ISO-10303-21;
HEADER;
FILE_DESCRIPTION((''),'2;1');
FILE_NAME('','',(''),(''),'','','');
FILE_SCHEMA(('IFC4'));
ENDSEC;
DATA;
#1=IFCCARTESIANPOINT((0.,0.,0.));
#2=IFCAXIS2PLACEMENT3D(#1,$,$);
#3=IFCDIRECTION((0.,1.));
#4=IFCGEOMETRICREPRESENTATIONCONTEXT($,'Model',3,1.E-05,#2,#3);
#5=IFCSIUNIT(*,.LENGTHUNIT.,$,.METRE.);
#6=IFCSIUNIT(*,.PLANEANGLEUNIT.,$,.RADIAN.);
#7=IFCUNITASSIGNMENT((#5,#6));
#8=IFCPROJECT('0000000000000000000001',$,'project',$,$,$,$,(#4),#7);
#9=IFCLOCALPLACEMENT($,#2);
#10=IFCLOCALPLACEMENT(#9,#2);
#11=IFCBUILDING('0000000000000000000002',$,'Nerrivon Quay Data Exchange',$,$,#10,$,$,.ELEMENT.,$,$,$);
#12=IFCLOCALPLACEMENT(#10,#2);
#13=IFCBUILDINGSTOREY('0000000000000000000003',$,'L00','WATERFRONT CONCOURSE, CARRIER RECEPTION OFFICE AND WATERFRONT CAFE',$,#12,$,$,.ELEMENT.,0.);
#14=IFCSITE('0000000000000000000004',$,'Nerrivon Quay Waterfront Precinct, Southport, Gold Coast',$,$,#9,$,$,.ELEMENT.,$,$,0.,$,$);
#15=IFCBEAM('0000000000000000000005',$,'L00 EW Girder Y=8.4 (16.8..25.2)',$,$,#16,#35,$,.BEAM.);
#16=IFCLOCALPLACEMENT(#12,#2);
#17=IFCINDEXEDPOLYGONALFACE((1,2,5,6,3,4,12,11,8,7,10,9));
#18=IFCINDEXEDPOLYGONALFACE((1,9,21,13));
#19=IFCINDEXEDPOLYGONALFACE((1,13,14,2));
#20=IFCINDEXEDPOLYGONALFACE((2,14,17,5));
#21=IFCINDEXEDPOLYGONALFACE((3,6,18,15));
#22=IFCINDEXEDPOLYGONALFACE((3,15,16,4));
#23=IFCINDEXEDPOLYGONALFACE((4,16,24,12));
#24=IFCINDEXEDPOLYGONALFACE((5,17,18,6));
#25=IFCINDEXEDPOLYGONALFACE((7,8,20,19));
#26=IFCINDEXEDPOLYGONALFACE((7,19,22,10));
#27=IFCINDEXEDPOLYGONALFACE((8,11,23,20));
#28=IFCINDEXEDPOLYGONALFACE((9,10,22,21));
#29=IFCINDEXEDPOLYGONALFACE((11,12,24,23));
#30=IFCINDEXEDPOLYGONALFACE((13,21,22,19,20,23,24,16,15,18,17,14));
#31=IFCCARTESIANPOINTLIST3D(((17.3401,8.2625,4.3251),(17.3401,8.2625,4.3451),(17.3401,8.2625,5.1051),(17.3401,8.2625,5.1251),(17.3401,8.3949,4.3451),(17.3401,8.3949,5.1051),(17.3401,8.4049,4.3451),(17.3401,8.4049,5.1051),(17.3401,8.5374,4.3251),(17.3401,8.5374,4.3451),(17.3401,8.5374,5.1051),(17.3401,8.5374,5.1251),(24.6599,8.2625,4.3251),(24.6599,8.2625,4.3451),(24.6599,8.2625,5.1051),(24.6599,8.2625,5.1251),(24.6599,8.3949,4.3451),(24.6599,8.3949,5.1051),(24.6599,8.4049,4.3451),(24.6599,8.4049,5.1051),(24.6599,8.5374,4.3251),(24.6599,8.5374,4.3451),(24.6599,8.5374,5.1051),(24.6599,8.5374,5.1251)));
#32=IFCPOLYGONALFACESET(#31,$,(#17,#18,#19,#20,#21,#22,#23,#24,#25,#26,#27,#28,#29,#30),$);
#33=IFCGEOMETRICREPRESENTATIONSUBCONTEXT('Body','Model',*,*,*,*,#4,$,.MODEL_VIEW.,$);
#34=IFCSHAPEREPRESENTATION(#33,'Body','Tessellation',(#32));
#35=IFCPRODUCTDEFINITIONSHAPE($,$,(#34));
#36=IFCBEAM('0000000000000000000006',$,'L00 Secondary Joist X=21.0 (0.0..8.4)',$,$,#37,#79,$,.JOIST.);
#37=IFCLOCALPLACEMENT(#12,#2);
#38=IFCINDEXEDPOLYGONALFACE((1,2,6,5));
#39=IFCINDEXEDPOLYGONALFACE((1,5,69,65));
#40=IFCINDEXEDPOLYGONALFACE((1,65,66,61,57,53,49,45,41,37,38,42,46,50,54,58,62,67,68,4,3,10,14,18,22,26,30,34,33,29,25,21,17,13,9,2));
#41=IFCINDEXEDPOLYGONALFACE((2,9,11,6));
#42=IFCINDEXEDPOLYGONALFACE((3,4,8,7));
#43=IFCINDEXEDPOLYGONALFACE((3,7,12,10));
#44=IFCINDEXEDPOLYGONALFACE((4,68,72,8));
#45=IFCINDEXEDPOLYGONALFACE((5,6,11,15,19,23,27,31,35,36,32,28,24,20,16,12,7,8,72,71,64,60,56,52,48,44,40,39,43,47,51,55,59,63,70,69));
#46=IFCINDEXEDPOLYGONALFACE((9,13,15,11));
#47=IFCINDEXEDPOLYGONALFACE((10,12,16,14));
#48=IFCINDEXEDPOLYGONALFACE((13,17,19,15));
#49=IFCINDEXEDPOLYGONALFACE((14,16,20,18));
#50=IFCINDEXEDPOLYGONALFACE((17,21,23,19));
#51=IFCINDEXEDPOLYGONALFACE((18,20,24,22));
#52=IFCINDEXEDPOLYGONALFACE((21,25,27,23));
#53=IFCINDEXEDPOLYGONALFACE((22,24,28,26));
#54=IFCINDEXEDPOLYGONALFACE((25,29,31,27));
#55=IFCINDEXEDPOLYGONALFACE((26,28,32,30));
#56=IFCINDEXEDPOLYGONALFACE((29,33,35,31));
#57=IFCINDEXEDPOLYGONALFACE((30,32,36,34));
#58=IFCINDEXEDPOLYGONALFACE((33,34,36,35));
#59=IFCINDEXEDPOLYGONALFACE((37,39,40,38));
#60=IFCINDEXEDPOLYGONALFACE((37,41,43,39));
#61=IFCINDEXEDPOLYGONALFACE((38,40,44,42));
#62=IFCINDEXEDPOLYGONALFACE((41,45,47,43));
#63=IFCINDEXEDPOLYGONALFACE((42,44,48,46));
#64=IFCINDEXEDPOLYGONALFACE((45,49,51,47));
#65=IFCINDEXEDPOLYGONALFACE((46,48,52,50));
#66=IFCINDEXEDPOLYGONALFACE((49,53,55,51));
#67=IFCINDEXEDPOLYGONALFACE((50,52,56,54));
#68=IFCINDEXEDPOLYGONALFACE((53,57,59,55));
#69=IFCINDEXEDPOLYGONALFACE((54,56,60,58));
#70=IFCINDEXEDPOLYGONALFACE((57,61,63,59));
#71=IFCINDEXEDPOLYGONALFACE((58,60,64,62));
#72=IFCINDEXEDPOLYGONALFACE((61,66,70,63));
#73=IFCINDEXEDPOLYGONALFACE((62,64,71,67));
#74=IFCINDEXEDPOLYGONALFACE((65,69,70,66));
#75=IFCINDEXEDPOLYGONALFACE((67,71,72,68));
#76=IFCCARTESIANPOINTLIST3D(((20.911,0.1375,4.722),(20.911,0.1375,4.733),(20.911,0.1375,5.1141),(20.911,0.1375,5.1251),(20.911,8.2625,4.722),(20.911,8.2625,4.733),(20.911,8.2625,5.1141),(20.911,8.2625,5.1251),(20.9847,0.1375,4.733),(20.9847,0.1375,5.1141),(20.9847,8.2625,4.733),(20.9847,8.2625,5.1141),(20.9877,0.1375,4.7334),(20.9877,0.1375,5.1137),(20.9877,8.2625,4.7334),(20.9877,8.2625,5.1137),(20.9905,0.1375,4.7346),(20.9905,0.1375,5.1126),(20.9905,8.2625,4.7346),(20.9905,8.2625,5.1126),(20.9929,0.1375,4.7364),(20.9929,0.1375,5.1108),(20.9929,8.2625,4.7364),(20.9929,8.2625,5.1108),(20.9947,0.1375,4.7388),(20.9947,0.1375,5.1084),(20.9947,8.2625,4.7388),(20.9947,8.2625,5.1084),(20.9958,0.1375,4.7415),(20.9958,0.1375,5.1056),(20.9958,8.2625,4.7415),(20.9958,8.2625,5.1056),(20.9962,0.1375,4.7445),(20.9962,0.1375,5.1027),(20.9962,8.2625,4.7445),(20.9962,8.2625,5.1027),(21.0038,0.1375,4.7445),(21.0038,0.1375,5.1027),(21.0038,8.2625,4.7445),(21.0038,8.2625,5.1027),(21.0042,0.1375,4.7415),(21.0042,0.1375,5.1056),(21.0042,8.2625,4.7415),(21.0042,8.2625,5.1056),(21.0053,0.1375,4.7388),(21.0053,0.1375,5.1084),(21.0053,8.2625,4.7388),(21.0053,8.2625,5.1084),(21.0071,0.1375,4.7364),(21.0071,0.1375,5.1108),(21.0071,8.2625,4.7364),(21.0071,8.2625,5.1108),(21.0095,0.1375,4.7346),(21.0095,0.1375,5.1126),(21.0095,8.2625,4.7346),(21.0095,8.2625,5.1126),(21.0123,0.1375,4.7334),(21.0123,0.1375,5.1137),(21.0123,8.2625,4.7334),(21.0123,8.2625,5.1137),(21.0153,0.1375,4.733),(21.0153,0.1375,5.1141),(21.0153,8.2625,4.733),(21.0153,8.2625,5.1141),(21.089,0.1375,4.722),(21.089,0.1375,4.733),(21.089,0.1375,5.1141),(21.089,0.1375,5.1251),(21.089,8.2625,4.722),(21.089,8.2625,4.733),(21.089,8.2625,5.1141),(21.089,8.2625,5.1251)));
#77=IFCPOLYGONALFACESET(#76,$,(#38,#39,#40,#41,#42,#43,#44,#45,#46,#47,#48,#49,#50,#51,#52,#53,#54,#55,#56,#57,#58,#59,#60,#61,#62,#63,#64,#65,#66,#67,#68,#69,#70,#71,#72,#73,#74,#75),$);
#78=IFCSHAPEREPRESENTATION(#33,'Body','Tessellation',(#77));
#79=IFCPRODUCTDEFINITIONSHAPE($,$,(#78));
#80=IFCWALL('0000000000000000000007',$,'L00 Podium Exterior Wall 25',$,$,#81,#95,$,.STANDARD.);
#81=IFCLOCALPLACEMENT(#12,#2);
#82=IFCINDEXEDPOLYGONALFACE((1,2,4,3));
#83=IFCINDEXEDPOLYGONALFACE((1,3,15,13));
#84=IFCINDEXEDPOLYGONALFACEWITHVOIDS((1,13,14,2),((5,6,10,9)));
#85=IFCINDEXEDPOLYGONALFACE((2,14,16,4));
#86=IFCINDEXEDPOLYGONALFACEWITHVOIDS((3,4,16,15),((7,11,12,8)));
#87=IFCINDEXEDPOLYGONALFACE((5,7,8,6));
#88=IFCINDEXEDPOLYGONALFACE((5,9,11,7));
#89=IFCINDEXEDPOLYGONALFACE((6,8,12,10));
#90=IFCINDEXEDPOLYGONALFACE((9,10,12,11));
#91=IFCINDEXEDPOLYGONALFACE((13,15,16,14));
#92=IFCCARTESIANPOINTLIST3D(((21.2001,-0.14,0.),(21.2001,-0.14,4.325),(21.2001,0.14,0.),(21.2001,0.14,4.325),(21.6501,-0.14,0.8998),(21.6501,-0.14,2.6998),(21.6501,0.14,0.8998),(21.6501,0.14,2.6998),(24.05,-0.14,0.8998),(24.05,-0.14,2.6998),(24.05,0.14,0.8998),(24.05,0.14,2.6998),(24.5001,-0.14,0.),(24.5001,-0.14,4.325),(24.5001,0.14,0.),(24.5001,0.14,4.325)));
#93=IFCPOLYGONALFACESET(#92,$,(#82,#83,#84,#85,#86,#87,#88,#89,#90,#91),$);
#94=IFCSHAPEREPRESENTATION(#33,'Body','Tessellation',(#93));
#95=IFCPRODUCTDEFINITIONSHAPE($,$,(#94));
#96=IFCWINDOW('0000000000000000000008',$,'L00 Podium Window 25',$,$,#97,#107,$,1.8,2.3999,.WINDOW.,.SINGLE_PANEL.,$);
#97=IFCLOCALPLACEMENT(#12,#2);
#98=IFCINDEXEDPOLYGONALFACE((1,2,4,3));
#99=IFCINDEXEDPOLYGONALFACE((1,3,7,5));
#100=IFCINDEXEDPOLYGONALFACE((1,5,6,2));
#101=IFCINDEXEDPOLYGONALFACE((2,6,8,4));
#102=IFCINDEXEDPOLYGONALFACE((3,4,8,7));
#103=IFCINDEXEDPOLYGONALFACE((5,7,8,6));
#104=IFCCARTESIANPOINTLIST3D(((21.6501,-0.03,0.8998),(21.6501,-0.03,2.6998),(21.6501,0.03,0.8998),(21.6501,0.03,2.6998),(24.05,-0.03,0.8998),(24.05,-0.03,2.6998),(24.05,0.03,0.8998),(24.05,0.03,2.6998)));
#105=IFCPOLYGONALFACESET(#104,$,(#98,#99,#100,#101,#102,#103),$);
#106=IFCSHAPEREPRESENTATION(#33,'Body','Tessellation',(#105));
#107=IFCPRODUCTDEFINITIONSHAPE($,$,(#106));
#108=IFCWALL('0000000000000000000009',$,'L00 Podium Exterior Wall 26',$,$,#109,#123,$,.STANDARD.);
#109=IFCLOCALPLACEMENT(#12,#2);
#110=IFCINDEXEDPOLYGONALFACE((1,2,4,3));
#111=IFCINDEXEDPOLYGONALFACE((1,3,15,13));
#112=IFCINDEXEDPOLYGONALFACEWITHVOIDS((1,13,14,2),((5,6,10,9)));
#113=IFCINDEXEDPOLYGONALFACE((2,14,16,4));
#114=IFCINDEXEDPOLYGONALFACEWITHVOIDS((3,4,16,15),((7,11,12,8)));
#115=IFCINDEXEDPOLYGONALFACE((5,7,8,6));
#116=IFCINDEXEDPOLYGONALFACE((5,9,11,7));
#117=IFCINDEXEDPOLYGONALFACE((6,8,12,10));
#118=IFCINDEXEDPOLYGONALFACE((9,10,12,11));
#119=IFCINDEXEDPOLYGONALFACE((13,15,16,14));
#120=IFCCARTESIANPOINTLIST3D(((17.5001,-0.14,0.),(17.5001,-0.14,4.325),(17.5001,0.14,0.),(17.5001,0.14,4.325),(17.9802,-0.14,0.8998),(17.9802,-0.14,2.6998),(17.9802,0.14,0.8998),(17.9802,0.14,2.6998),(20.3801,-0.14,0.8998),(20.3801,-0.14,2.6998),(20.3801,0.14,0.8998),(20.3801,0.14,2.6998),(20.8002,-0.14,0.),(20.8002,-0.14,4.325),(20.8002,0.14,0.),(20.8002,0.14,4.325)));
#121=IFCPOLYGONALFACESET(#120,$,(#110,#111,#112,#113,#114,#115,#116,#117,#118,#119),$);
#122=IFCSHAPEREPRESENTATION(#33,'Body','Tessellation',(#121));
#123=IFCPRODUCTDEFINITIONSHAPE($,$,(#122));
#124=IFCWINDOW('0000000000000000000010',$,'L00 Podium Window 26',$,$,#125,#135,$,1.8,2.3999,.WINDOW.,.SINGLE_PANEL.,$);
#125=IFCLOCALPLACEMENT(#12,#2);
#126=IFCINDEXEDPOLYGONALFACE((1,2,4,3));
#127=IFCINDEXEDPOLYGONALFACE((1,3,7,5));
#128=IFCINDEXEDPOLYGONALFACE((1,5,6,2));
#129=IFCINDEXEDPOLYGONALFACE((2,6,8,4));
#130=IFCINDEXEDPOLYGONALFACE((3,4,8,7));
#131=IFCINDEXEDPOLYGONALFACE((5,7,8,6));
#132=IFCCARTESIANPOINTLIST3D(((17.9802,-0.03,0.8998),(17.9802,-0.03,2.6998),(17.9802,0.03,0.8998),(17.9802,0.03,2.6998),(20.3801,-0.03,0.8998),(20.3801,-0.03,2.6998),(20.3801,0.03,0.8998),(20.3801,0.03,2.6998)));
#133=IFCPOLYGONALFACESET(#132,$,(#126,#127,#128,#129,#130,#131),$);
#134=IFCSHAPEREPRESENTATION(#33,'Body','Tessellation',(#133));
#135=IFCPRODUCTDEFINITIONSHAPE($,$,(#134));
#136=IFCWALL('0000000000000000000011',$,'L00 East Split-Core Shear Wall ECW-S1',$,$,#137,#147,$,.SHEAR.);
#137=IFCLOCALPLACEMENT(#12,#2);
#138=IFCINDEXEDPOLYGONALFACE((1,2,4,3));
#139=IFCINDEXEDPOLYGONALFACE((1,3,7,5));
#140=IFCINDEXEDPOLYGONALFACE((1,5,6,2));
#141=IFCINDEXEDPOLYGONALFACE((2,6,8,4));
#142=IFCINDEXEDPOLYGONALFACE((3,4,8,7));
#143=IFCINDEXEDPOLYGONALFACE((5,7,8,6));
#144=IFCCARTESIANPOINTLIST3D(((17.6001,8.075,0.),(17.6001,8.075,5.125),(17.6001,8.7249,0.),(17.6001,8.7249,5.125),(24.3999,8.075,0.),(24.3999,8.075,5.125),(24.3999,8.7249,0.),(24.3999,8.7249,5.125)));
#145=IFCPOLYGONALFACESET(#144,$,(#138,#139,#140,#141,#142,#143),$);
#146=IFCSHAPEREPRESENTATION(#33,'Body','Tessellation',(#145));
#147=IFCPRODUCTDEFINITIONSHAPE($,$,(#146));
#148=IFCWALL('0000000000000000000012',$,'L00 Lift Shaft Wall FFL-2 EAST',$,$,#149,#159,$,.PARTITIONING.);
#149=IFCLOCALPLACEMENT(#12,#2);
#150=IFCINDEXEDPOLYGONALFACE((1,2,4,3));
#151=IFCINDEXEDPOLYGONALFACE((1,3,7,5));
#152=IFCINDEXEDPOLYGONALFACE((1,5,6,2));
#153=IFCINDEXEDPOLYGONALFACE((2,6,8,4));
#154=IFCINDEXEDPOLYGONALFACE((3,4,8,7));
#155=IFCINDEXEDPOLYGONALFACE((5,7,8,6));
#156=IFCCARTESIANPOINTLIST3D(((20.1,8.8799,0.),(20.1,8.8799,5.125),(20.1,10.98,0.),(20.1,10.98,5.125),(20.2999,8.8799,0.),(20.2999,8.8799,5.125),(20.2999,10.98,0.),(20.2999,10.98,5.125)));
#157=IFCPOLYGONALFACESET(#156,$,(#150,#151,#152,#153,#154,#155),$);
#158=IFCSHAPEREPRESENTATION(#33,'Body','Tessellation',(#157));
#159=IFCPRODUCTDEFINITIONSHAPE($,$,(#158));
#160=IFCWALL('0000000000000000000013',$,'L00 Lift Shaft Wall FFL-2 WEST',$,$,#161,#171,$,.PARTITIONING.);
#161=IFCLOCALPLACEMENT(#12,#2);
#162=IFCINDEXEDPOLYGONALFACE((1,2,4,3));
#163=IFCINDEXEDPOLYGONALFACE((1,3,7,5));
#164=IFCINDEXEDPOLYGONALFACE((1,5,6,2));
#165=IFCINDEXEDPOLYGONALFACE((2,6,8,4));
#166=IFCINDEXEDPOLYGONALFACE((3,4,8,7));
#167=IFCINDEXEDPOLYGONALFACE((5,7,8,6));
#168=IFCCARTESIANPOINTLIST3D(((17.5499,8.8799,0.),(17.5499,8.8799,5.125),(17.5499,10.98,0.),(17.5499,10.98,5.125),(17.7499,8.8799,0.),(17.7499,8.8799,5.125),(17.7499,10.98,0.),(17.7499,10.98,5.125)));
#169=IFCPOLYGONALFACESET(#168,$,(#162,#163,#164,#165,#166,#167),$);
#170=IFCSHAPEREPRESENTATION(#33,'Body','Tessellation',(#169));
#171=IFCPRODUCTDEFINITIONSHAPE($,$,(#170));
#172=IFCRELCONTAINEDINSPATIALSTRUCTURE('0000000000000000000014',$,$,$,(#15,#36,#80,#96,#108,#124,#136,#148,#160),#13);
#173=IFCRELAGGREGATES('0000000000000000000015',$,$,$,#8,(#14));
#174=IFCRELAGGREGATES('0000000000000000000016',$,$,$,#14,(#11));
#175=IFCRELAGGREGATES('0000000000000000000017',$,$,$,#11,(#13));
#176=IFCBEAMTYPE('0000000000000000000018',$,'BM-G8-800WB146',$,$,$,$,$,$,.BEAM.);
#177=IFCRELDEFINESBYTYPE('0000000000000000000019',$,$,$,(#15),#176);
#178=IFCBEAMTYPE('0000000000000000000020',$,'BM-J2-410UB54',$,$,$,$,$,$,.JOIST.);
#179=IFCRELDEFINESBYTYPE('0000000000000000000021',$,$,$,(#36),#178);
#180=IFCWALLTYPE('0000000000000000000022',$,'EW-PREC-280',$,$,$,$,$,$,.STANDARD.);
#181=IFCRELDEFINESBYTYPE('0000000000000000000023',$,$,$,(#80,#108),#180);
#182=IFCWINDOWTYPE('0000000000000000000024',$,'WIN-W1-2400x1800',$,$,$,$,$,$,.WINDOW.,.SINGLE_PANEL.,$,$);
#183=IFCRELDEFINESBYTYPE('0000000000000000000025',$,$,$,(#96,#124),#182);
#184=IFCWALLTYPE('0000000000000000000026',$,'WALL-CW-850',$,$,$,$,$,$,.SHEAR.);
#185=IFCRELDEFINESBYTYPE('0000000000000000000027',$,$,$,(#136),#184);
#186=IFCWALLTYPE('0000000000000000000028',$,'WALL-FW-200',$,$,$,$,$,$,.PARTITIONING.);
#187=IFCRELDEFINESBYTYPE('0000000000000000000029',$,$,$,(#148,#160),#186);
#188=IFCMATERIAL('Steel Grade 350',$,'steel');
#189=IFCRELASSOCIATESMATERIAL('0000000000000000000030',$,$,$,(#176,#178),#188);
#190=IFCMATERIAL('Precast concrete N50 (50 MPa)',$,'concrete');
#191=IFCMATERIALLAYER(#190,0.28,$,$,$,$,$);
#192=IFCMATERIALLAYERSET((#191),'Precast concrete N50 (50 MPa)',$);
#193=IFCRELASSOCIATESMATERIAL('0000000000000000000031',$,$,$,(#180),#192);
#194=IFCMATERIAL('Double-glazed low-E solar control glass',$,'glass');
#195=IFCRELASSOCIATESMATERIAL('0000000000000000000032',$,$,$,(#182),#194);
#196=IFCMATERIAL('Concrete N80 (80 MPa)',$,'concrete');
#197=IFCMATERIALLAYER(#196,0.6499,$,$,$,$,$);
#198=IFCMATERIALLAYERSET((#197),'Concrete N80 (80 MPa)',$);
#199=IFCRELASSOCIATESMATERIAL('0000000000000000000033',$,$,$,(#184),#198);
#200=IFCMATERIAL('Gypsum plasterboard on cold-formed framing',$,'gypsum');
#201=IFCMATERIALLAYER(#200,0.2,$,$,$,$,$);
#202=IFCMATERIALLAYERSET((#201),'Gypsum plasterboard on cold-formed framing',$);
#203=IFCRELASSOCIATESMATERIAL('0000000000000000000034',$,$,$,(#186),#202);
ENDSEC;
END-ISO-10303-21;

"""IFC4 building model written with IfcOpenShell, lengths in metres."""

from ifc_helpers import new_model, si_unit, direction, frame, frame_2d, origin, origin_2d, place, context, subcontext, project, spatial, rectangle, i_section, extrude, material, layer, layer_set, material_profile, profile_set, type_object, element, fill, save


model = new_model("IFC4")

# Units and contexts
model_context = context("Model", 3, precision=1e-05, world=origin(), true_north=direction((0.0, 1.0)))
body_context = subcontext(model_context, "Body", "Model", "MODEL_VIEW")
ifc_project = project(units=[si_unit("LENGTHUNIT", "METRE"), si_unit("PLANEANGLEUNIT", "RADIAN")], contexts=[model_context])

# Site, building, storey
site_placement = place(None, origin())
site = spatial("IfcSite", under=ifc_project, at=site_placement, Name="Nerrivon Quay Waterfront Precinct, Southport, Gold Coast", CompositionType="ELEMENT", RefElevation=0.0)
building_placement = place(site_placement, origin())
building = spatial("IfcBuilding", under=site, at=building_placement, Name="Nerrivon Quay Data Exchange", CompositionType="ELEMENT")
storey_placement = place(building_placement, origin())
storey = spatial("IfcBuildingStorey", under=building, at=storey_placement, Name="L00", Description="WATERFRONT CONCOURSE, CARRIER RECEPTION OFFICE AND WATERFRONT CAFE", CompositionType="ELEMENT", Elevation=0.0)

# Shared definitions
ifc_material_1 = material(Name="Concrete N80 (80 MPa)", Category="concrete")

# Beams
ifc_material_2 = material(Name="Steel Grade 350", Category="steel")
ifc_material_profile_1 = material_profile(ifc_material_2, i_section(OverallWidth=0.2749, OverallDepth=0.8, WebThickness=0.01, FlangeThickness=0.02, at=origin_2d()), Name="800WB146")
ifc_profile_set_1 = profile_set([ifc_material_profile_1], Name="Steel Grade 350")
beam_type_1 = type_object("IfcBeamType", Name="BM-G8-800WB146", PredefinedType="BEAM", material=ifc_profile_set_1)
for number, where, z_axis, x_axis, name in (
    (1, (17.3401, 8.3999, 4.7251), (1.0, 0.0, 0.0), (0.0, 1.0, 0.0), "L00 EW Girder Y=8.4 (16.8..25.2)"),
):
    element("IfcBeam", number, at=place(storey_placement, frame(where, z_axis=z_axis, x_axis=x_axis)), inside=storey, type_object=beam_type_1, Name=name, PredefinedType="BEAM", context=body_context, shape_type="SweptSolid", body=[
        extrude(i_section(OverallWidth=0.2749, OverallDepth=0.8, WebThickness=0.01, FlangeThickness=0.02, at=origin_2d()), origin(), (0.0, 0.0, 1.0), 7.3198),
    ])
ifc_material_profile_2 = material_profile(ifc_material_2, i_section(OverallWidth=0.178, OverallDepth=0.4031, WebThickness=0.0076, FlangeThickness=0.011, FilletRadius=0.0115, at=origin_2d()), Name="410UB53.7")
ifc_profile_set_2 = profile_set([ifc_material_profile_2], Name="Steel Grade 350")
beam_type_2 = type_object("IfcBeamType", Name="BM-J2-410UB54", PredefinedType="JOIST", material=ifc_profile_set_2)
beam_placement = place(storey_placement, frame((21.0, 0.1375, 4.9236), z_axis=(0.0, 1.0, 0.0), x_axis=(-1.0, 0.0, 0.0)))
element("IfcBeam", 2, at=beam_placement, inside=storey, type_object=beam_type_2, Name="L00 Secondary Joist X=21.0 (0.0..8.4)", PredefinedType="JOIST", context=body_context, shape_type="SweptSolid", body=[
    extrude(i_section(OverallWidth=0.178, OverallDepth=0.4031, WebThickness=0.0076, FlangeThickness=0.011, FilletRadius=0.0115, at=origin_2d()), origin(), (0.0, 0.0, 1.0), 8.125),
])

# Walls, openings, windows
ifc_material_3 = material(Name="Precast concrete N50 (50 MPa)", Category="concrete")
ifc_layer_1 = layer(ifc_material_3, 0.28)
ifc_layer_set_1 = layer_set([ifc_layer_1], Name="Precast concrete N50 (50 MPa)")
wall_type_1 = type_object("IfcWallType", Name="EW-PREC-280", PredefinedType="STANDARD", material=ifc_layer_set_1)
wall_1_placement = place(storey_placement, frame((24.5, 0.0, 0.0), z_axis=(0.0, 0.0, 1.0), x_axis=(-1.0, 0.0, 0.0)))
wall_1 = element("IfcWall", 3, at=wall_1_placement, inside=storey, type_object=wall_type_1, Name="L00 Podium Exterior Wall 25", PredefinedType="STANDARD", context=body_context, shape_type="SweptSolid", body=[
    extrude(rectangle(XDim=3.3, YDim=0.28, at=frame_2d((1.6499, 0.0))), origin(), (0.0, 0.0, 1.0), 4.325),
])
opening_1_placement = place(wall_1_placement, frame((0.45, 0.0, 0.8999)))
opening_1 = element("IfcOpeningElement", 4, at=opening_1_placement, cuts=wall_1, PredefinedType="OPENING", context=body_context, shape_type="SweptSolid", body=[
    extrude(rectangle(XDim=2.3999, YDim=1.8, at=frame_2d((1.2, 0.8999))), frame((0.0, 0.1499, 0.0), z_axis=(0.0, -1.0, 0.0), x_axis=(1.0, 0.0, 0.0)), (0.0, 0.0, 1.0), 0.3),
])
ifc_material_4 = material(Name="Double-glazed low-E solar control glass", Category="glass")
window_type = type_object("IfcWindowType", Name="WIN-W1-2400x1800", PartitioningType="SINGLE_PANEL", PredefinedType="WINDOW", material=ifc_material_4)
window_1_placement = place(opening_1_placement, origin())
window_1 = element("IfcWindow", 5, at=window_1_placement, inside=storey, type_object=window_type, Name="L00 Podium Window 25", OverallHeight=1.8, OverallWidth=2.3999, PartitioningType="SINGLE_PANEL", PredefinedType="WINDOW", context=body_context, shape_type="SweptSolid", body=[
    extrude(rectangle(XDim=2.3999, YDim=1.8, at=frame_2d((1.2, 0.8999))), frame((0.0, 0.03, 0.0), z_axis=(0.0, -1.0, 0.0), x_axis=(1.0, 0.0, 0.0)), (0.0, 0.0, 1.0), 0.0601),
])
fill(opening_1, window_1)
wall_2_placement = place(storey_placement, frame((20.8, 0.0, 0.0), z_axis=(0.0, 0.0, 1.0), x_axis=(-1.0, 0.0, 0.0)))
wall_2 = element("IfcWall", 6, at=wall_2_placement, inside=storey, type_object=wall_type_1, Name="L00 Podium Exterior Wall 26", PredefinedType="STANDARD", context=body_context, shape_type="SweptSolid", body=[
    extrude(rectangle(XDim=3.3, YDim=0.28, at=frame_2d((1.6499, 0.0))), origin(), (0.0, 0.0, 1.0), 4.325),
])
opening_2_placement = place(wall_2_placement, frame((0.4199, 0.0, 0.8999)))
opening_2 = element("IfcOpeningElement", 7, at=opening_2_placement, cuts=wall_2, PredefinedType="OPENING", context=body_context, shape_type="SweptSolid", body=[
    extrude(rectangle(XDim=2.3999, YDim=1.8, at=frame_2d((1.2, 0.8999))), frame((0.0, 0.1499, 0.0), z_axis=(0.0, -1.0, 0.0), x_axis=(1.0, 0.0, 0.0)), (0.0, 0.0, 1.0), 0.3),
])
window_2_placement = place(opening_2_placement, origin())
window_2 = element("IfcWindow", 8, at=window_2_placement, inside=storey, type_object=window_type, Name="L00 Podium Window 26", OverallHeight=1.8, OverallWidth=2.3999, PartitioningType="SINGLE_PANEL", PredefinedType="WINDOW", context=body_context, shape_type="SweptSolid", body=[
    extrude(rectangle(XDim=2.3999, YDim=1.8, at=frame_2d((1.2, 0.8999))), frame((0.0, 0.03, 0.0), z_axis=(0.0, -1.0, 0.0), x_axis=(1.0, 0.0, 0.0)), (0.0, 0.0, 1.0), 0.0601),
])
fill(opening_2, window_2)

# Wall
ifc_layer_2 = layer(ifc_material_1, 0.6499)
ifc_layer_set_2 = layer_set([ifc_layer_2], Name="Concrete N80 (80 MPa)")
wall_type_2 = type_object("IfcWallType", Name="WALL-CW-850", PredefinedType="SHEAR", material=ifc_layer_set_2)
wall_3_placement = place(storey_placement, frame((17.6001, 8.3999, 0.0), z_axis=(0.0, 0.0, 1.0), x_axis=(1.0, 0.0, 0.0)))
element("IfcWall", 9, at=wall_3_placement, inside=storey, type_object=wall_type_2, Name="L00 East Split-Core Shear Wall ECW-S1", PredefinedType="SHEAR", context=body_context, shape_type="SweptSolid", body=[
    extrude(rectangle(XDim=6.7998, YDim=0.6499, at=frame_2d((3.3999, 0.0))), origin(), (0.0, 0.0, 1.0), 5.125),
])

# Walls
ifc_material_5 = material(Name="Gypsum plasterboard on cold-formed framing", Category="gypsum")
ifc_layer_3 = layer(ifc_material_5, 0.2)
ifc_layer_set_3 = layer_set([ifc_layer_3], Name="Gypsum plasterboard on cold-formed framing")
wall_type_3 = type_object("IfcWallType", Name="WALL-FW-200", PredefinedType="PARTITIONING", material=ifc_layer_set_3)
for number, where, z_axis, x_axis, name in (
    (10, (20.2, 8.8799, 0.0), (0.0, 0.0, 1.0), (0.0, 1.0, 0.0), "L00 Lift Shaft Wall FFL-2 EAST"),
    (11, (17.6499, 8.8799, 0.0), (0.0, 0.0, 1.0), (0.0, 1.0, 0.0), "L00 Lift Shaft Wall FFL-2 WEST"),
):
    element("IfcWall", number, at=place(storey_placement, frame(where, z_axis=z_axis, x_axis=x_axis)), inside=storey, type_object=wall_type_3, Name=name, PredefinedType="PARTITIONING", context=body_context, shape_type="SweptSolid", body=[
        extrude(rectangle(XDim=2.1001, YDim=0.2, at=frame_2d((1.05, 0.0))), origin(), (0.0, 0.0, 1.0), 5.125),
    ])

save(model, "model.ifc")
